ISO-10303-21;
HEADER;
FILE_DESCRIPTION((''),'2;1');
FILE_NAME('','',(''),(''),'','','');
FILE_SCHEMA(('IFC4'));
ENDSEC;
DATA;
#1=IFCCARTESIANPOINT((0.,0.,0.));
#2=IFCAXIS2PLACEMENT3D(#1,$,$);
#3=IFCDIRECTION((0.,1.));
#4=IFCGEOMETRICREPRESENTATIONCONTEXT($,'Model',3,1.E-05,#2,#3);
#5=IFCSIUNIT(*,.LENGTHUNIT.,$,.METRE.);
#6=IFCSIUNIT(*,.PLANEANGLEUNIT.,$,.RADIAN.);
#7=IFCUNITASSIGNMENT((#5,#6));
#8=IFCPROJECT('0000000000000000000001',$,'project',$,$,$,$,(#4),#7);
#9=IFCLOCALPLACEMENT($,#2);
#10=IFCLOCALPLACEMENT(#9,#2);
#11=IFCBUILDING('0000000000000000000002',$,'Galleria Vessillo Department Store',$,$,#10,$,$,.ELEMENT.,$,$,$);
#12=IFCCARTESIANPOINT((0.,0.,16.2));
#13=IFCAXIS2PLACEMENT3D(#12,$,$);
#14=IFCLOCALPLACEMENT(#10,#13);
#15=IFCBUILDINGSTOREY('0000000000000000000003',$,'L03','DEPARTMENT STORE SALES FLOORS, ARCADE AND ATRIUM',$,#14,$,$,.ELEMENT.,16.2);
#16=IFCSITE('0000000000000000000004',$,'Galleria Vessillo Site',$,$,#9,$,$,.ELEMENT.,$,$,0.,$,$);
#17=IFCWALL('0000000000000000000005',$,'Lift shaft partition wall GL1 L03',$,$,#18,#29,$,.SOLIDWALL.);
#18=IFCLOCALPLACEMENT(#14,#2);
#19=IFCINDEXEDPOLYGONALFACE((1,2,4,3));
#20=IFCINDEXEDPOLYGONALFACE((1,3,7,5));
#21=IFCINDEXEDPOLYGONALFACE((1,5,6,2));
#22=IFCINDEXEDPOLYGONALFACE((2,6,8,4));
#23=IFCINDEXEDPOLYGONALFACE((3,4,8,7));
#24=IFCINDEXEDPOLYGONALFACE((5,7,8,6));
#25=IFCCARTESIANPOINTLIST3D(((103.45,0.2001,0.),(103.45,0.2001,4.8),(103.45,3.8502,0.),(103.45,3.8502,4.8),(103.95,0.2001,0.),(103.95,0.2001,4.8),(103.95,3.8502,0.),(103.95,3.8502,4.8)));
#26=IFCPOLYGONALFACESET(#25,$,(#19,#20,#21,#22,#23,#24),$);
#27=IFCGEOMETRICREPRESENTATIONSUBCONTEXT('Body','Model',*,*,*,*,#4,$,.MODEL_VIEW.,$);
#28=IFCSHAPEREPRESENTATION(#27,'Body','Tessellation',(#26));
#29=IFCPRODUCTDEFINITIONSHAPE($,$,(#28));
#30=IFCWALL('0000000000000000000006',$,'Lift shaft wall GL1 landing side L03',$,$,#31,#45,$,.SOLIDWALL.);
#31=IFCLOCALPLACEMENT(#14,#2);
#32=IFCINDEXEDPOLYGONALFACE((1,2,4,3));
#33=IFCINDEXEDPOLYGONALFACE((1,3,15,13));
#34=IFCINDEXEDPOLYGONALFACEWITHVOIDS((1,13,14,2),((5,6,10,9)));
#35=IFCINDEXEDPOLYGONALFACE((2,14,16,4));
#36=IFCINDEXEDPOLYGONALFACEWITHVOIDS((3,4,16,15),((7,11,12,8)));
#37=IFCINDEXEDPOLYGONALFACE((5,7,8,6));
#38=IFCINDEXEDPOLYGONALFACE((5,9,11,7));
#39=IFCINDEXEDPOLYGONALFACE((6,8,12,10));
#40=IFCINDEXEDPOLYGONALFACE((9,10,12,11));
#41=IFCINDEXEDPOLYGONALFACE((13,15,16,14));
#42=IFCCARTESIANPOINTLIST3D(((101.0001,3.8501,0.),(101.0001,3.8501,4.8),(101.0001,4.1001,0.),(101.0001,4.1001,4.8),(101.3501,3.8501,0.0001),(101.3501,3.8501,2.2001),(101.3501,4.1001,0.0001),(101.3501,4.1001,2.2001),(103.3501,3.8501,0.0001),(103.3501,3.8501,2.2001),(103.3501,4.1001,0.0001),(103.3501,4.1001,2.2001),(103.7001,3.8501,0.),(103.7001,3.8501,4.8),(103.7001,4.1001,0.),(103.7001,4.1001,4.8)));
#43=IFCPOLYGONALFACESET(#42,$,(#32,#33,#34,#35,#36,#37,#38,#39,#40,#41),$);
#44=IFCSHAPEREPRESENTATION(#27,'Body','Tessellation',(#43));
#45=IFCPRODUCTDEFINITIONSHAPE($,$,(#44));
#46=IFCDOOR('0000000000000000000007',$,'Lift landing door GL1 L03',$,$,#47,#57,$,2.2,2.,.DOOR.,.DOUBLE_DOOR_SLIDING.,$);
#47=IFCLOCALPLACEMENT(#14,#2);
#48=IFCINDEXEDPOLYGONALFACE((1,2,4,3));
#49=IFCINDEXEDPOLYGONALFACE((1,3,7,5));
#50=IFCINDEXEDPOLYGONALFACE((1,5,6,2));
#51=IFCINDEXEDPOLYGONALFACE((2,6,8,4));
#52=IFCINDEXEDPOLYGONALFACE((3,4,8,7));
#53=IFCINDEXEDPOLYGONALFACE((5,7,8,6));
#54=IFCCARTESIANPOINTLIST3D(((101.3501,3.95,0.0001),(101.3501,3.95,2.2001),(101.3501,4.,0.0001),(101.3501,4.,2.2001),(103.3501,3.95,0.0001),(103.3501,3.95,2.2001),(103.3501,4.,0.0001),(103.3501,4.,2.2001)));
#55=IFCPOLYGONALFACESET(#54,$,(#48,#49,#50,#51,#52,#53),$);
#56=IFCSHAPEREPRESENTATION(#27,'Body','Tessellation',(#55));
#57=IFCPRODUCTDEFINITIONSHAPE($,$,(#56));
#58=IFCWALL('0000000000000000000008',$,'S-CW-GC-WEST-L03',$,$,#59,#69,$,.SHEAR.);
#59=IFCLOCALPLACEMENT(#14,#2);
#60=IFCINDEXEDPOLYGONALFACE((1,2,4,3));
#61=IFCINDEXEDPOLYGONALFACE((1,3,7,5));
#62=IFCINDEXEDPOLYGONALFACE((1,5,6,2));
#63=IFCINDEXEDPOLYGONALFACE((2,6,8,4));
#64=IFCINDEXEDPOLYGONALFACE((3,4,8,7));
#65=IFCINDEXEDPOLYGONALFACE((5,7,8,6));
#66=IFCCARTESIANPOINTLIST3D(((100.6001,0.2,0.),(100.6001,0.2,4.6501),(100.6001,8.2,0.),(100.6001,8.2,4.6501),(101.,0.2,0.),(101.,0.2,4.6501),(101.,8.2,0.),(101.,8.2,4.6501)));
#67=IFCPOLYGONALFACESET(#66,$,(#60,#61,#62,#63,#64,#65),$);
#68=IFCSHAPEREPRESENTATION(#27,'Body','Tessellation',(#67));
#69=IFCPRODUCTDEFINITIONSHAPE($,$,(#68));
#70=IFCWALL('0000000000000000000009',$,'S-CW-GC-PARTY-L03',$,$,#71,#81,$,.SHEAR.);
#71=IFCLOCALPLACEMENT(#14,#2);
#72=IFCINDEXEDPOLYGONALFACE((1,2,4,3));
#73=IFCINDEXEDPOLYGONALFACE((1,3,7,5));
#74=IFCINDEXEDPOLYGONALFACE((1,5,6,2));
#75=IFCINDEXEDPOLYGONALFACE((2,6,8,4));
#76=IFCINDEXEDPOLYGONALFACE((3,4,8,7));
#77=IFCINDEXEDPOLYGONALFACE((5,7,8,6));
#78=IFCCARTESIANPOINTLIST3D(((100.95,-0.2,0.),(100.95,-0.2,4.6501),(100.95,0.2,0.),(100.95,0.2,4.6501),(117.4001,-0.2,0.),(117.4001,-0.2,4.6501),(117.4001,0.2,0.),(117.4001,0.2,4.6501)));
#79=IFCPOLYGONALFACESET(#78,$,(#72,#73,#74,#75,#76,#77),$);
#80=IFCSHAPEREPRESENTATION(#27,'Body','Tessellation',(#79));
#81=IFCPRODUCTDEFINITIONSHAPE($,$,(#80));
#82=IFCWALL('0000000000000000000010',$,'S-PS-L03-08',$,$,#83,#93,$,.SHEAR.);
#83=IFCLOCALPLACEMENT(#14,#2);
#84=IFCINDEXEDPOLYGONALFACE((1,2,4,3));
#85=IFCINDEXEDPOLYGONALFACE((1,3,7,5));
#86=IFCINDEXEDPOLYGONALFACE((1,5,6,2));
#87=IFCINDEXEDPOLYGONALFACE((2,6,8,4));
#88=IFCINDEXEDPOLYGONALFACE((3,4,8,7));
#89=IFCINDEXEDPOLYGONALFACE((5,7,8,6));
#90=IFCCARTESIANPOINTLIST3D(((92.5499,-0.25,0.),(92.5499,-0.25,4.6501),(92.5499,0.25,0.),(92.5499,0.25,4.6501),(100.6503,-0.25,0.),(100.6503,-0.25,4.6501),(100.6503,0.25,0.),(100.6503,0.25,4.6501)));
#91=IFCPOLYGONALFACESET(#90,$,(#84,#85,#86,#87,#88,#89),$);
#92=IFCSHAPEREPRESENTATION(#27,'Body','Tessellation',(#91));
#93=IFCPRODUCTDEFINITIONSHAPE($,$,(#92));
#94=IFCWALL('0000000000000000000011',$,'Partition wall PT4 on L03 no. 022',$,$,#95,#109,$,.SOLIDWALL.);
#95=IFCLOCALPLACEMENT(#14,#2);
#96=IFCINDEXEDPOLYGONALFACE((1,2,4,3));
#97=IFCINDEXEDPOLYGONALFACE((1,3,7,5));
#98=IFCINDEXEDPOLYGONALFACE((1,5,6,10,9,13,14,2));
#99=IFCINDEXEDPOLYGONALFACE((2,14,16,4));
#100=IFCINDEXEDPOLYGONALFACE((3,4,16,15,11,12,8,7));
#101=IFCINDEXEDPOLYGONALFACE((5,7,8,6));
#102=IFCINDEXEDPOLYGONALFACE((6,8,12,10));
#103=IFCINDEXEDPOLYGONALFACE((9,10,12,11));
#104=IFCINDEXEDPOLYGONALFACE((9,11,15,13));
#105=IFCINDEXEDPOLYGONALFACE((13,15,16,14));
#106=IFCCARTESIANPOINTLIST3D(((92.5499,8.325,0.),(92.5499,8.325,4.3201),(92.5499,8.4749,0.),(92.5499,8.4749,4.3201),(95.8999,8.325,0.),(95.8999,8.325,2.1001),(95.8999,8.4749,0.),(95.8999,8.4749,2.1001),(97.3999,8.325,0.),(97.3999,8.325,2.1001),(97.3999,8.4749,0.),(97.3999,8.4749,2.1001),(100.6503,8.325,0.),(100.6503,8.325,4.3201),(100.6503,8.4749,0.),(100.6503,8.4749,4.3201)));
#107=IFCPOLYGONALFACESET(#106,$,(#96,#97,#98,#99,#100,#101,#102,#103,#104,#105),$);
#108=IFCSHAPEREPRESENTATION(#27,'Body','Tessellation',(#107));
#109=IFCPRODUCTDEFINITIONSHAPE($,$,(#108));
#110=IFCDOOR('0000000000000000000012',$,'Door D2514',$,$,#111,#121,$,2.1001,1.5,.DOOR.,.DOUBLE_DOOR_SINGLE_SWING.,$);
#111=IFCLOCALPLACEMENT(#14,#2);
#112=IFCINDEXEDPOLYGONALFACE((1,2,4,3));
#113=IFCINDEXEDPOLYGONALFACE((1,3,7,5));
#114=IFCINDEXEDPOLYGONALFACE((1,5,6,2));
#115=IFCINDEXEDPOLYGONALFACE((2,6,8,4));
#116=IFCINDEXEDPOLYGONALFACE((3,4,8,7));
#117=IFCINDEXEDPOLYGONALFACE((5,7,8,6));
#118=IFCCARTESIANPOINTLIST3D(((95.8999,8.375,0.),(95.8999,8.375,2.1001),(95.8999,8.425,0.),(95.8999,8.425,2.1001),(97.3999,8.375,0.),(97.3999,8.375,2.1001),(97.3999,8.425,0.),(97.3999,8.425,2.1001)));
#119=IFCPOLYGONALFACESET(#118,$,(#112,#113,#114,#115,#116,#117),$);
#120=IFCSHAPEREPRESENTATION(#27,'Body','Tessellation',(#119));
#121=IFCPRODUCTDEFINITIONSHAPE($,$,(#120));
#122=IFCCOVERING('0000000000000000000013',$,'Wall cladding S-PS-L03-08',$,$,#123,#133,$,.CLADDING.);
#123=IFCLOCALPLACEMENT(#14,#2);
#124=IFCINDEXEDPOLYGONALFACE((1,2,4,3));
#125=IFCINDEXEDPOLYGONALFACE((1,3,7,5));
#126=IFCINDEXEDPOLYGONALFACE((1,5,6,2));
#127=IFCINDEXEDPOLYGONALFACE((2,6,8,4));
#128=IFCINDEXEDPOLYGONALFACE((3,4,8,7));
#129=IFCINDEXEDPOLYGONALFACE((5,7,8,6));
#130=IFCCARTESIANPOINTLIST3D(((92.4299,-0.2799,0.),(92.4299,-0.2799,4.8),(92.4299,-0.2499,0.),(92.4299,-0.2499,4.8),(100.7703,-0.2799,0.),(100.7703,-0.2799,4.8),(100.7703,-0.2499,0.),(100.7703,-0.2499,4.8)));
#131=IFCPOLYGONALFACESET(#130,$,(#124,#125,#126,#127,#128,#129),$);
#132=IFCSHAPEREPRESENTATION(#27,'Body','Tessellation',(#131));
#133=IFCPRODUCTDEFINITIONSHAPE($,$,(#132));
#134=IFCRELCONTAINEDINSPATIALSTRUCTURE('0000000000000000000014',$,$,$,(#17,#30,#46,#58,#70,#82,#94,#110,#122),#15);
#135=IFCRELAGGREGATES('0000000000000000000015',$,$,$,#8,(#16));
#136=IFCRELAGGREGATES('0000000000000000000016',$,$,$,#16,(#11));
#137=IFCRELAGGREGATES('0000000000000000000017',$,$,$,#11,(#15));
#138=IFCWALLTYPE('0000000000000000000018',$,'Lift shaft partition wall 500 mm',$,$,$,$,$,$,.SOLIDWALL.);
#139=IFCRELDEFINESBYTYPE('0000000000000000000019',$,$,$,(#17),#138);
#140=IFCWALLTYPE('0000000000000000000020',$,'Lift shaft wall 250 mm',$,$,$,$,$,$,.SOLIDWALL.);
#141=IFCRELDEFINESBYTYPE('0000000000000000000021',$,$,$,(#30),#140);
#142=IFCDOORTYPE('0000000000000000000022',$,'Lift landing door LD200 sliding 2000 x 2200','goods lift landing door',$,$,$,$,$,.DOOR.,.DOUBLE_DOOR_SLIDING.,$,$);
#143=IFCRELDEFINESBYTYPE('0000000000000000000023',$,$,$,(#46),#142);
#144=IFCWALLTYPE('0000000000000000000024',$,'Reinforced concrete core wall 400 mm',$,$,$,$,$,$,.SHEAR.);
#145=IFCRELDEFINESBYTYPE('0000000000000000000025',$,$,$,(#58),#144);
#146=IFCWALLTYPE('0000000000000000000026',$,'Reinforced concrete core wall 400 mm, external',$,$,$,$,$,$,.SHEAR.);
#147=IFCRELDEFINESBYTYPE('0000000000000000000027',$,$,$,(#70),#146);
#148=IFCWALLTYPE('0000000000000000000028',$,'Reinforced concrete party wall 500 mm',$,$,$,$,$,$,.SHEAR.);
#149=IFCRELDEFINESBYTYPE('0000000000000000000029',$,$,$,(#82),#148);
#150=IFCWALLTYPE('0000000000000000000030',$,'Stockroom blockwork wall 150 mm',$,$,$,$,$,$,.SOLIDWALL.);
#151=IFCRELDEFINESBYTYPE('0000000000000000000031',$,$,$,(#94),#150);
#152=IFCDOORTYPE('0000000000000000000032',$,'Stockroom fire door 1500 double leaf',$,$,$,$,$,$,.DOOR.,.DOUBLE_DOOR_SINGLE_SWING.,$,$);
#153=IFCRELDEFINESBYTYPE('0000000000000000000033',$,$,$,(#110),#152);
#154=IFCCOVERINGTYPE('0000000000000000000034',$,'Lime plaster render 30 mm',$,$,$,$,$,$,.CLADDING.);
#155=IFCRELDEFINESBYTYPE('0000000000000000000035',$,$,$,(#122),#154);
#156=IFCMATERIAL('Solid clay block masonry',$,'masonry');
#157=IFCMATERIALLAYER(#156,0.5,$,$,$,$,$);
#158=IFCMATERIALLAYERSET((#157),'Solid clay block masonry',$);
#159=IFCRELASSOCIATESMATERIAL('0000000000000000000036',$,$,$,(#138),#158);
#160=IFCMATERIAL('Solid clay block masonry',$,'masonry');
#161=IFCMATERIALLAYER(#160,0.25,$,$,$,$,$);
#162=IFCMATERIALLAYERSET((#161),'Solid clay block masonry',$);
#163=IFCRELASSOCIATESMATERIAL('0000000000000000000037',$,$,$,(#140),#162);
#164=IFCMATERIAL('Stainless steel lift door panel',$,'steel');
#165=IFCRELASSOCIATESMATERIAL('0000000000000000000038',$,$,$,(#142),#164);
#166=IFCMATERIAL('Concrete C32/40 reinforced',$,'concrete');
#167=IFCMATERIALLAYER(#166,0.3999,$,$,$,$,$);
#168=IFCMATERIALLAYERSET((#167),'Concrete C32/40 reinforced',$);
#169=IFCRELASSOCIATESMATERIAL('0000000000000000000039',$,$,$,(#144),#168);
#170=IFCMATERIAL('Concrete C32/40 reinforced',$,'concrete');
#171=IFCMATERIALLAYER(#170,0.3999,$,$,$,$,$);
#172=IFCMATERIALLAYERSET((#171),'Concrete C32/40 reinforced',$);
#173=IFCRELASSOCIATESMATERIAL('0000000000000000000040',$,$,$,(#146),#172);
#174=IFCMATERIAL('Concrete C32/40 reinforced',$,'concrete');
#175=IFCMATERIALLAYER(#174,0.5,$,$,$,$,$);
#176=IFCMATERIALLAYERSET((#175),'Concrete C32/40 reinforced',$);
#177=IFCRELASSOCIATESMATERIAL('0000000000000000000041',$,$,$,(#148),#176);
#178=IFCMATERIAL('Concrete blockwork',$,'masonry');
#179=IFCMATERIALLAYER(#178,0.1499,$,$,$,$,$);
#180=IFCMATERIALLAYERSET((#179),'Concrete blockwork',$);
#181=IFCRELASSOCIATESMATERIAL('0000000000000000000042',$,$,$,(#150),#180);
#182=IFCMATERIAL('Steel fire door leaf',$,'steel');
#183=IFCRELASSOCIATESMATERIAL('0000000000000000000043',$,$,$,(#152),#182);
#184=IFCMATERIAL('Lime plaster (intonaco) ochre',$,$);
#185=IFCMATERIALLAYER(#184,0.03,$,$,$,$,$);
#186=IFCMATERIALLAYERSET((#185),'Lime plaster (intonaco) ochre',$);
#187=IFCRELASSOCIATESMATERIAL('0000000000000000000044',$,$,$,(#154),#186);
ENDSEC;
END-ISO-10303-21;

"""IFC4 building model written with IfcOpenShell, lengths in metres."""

from ifc_helpers import new_model, si_unit, direction, frame, frame_2d, origin, origin_2d, place, context, subcontext, project, spatial, rectangle, extrude, material, layer, layer_set, type_object, element, fill, save


model = new_model("IFC4")

# Units and contexts
model_context = context("Model", 3, precision=1e-05, world=origin(), true_north=direction((0.0, 1.0)))
body_context = subcontext(model_context, "Body", "Model", "MODEL_VIEW")
ifc_project = project(units=[si_unit("LENGTHUNIT", "METRE"), si_unit("PLANEANGLEUNIT", "RADIAN")], contexts=[model_context])

# Site, building, storey
site_placement = place(None, origin())
site = spatial("IfcSite", under=ifc_project, at=site_placement, Name="Galleria Vessillo Site", CompositionType="ELEMENT", RefElevation=0.0)
building_placement = place(site_placement, origin())
building = spatial("IfcBuilding", under=site, at=building_placement, Name="Galleria Vessillo Department Store", CompositionType="ELEMENT")
storey_placement = place(building_placement, frame((0.0, 0.0, 16.2)))
storey = spatial("IfcBuildingStorey", under=building, at=storey_placement, Name="L03", Description="DEPARTMENT STORE SALES FLOORS, ARCADE AND ATRIUM", CompositionType="ELEMENT", Elevation=16.2)

# Wall
ifc_material_1 = material(Name="Solid clay block masonry", Category="masonry")
ifc_layer_1 = layer(ifc_material_1, 0.5)
ifc_layer_set_1 = layer_set([ifc_layer_1], Name="Solid clay block masonry")
wall_type_1 = type_object("IfcWallType", Name="Lift shaft partition wall 500 mm", PredefinedType="SOLIDWALL", material=ifc_layer_set_1)
wall_1_placement = place(storey_placement, frame((103.7, 0.2, 0.0), z_axis=(0.0, 0.0, 1.0), x_axis=(0.0, 1.0, 0.0)))
element("IfcWall", 1, at=wall_1_placement, inside=storey, type_object=wall_type_1, Name="Lift shaft partition wall GL1 L03", PredefinedType="SOLIDWALL", context=body_context, shape_type="SweptSolid", body=[
    extrude(rectangle(XDim=3.6501, YDim=0.5, at=frame_2d((1.8252, 0.0))), origin(), (0.0, 0.0, 1.0), 4.8),
])

# Wall, opening, door
ifc_material_2 = material(Name="Solid clay block masonry", Category="masonry")
ifc_layer_2 = layer(ifc_material_2, 0.25)
ifc_layer_set_2 = layer_set([ifc_layer_2], Name="Solid clay block masonry")
wall_type_2 = type_object("IfcWallType", Name="Lift shaft wall 250 mm", PredefinedType="SOLIDWALL", material=ifc_layer_set_2)
wall_2_placement = place(storey_placement, frame((101.0, 3.9751, 0.0), z_axis=(0.0, 0.0, 1.0), x_axis=(1.0, 0.0, 0.0)))
wall_2 = element("IfcWall", 2, at=wall_2_placement, inside=storey, type_object=wall_type_2, Name="Lift shaft wall GL1 landing side L03", PredefinedType="SOLIDWALL", context=body_context, shape_type="SweptSolid", body=[
    extrude(rectangle(XDim=2.7, YDim=0.25, at=frame_2d((1.3501, 0.0))), origin(), (0.0, 0.0, 1.0), 4.8),
])
opening_1_placement = place(wall_2_placement, frame((0.3501, 0.0, 0.0)))
opening_1 = element("IfcOpeningElement", 3, at=opening_1_placement, cuts=wall_2, PredefinedType="OPENING", context=body_context, shape_type="SweptSolid", body=[
    extrude(rectangle(XDim=2.0, YDim=2.2, at=frame_2d((1.0, 1.1001))), frame((0.0, 0.135, 0.0), z_axis=(0.0, -1.0, 0.0), x_axis=(1.0, 0.0, 0.0)), (0.0, 0.0, 1.0), 0.27),
])
ifc_material_3 = material(Name="Stainless steel lift door panel", Category="steel")
door_type_1 = type_object("IfcDoorType", Name="Lift landing door LD200 sliding 2000 x 2200", Description="goods lift landing door", OperationType="DOUBLE_DOOR_SLIDING", PredefinedType="DOOR", material=ifc_material_3)
door_1_placement = place(opening_1_placement, origin())
door_1 = element("IfcDoor", 4, at=door_1_placement, inside=storey, type_object=door_type_1, Name="Lift landing door GL1 L03", OperationType="DOUBLE_DOOR_SLIDING", OverallHeight=2.2, OverallWidth=2.0, PredefinedType="DOOR", context=body_context, shape_type="SweptSolid", body=[
    extrude(rectangle(XDim=2.0, YDim=2.2, at=frame_2d((1.0, 1.1001))), frame((0.0, 0.0249, 0.0), z_axis=(0.0, -1.0, 0.0), x_axis=(1.0, 0.0, 0.0)), (0.0, 0.0, 1.0), 0.05),
])
fill(opening_1, door_1)

# Shared definitions
ifc_material_4 = material(Name="Concrete C32/40 reinforced", Category="concrete")
ifc_layer_3 = layer(ifc_material_4, 0.3999)
ifc_layer_set_3 = layer_set([ifc_layer_3], Name="Concrete C32/40 reinforced")
wall_type_3 = type_object("IfcWallType", Name="Reinforced concrete core wall 400 mm", PredefinedType="SHEAR", material=ifc_layer_set_3)

# Walls
wall_3_placement = place(storey_placement, frame((100.8, 0.2, 0.0), z_axis=(0.0, 0.0, 1.0), x_axis=(0.0, 1.0, 0.0)))
element("IfcWall", 5, at=wall_3_placement, inside=storey, type_object=wall_type_3, Name="S-CW-GC-WEST-L03", PredefinedType="SHEAR", context=body_context, shape_type="SweptSolid", body=[
    extrude(rectangle(XDim=8.0, YDim=0.3999, at=frame_2d((4.0, 0.0))), origin(), (0.0, 0.0, 1.0), 4.6501),
])
ifc_material_5 = material(Name="Concrete C32/40 reinforced", Category="concrete")
ifc_layer_4 = layer(ifc_material_5, 0.3999)
ifc_layer_set_4 = layer_set([ifc_layer_4], Name="Concrete C32/40 reinforced")
wall_type_4 = type_object("IfcWallType", Name="Reinforced concrete core wall 400 mm, external", PredefinedType="SHEAR", material=ifc_layer_set_4)
wall_4_placement = place(storey_placement, frame((100.95, 0.0, 0.0), z_axis=(0.0, 0.0, 1.0), x_axis=(1.0, 0.0, 0.0)))
element("IfcWall", 6, at=wall_4_placement, inside=storey, type_object=wall_type_4, Name="S-CW-GC-PARTY-L03", PredefinedType="SHEAR", context=body_context, shape_type="SweptSolid", body=[
    extrude(rectangle(XDim=16.4502, YDim=0.3999, at=frame_2d((8.2251, 0.0))), origin(), (0.0, 0.0, 1.0), 4.6501),
])
ifc_material_6 = material(Name="Concrete C32/40 reinforced", Category="concrete")
ifc_layer_5 = layer(ifc_material_6, 0.5)
ifc_layer_set_5 = layer_set([ifc_layer_5], Name="Concrete C32/40 reinforced")
wall_type_5 = type_object("IfcWallType", Name="Reinforced concrete party wall 500 mm", PredefinedType="SHEAR", material=ifc_layer_set_5)
wall_5_placement = place(storey_placement, frame((92.5498, 0.0, 0.0), z_axis=(0.0, 0.0, 1.0), x_axis=(1.0, 0.0, 0.0)))
element("IfcWall", 7, at=wall_5_placement, inside=storey, type_object=wall_type_5, Name="S-PS-L03-08", PredefinedType="SHEAR", context=body_context, shape_type="SweptSolid", body=[
    extrude(rectangle(XDim=8.1003, YDim=0.5, at=frame_2d((4.0503, 0.0))), origin(), (0.0, 0.0, 1.0), 4.6501),
])

# Wall, opening, door
ifc_material_7 = material(Name="Concrete blockwork", Category="masonry")
ifc_layer_6 = layer(ifc_material_7, 0.1499)
ifc_layer_set_6 = layer_set([ifc_layer_6], Name="Concrete blockwork")
wall_type_6 = type_object("IfcWallType", Name="Stockroom blockwork wall 150 mm", PredefinedType="SOLIDWALL", material=ifc_layer_set_6)
wall_6_placement = place(storey_placement, frame((92.5498, 8.3999, 0.0), z_axis=(0.0, 0.0, 1.0), x_axis=(1.0, 0.0, 0.0)))
wall_6 = element("IfcWall", 8, at=wall_6_placement, inside=storey, type_object=wall_type_6, Name="Partition wall PT4 on L03 no. 022", PredefinedType="SOLIDWALL", context=body_context, shape_type="SweptSolid", body=[
    extrude(rectangle(XDim=8.1003, YDim=0.1499, at=frame_2d((4.0503, 0.0))), origin(), (0.0, 0.0, 1.0), 4.3201),
])
opening_2_placement = place(wall_6_placement, frame((3.3501, 0.0, 0.0)))
opening_2 = element("IfcOpeningElement", 9, at=opening_2_placement, cuts=wall_6, PredefinedType="OPENING", context=body_context, shape_type="SweptSolid", body=[
    extrude(rectangle(XDim=1.5, YDim=2.1001, at=frame_2d((0.75, 1.05))), frame((0.0, 0.085, 0.0), z_axis=(0.0, -1.0, 0.0), x_axis=(1.0, 0.0, 0.0)), (0.0, 0.0, 1.0), 0.1699),
])
ifc_material_8 = material(Name="Steel fire door leaf", Category="steel")
door_type_2 = type_object("IfcDoorType", Name="Stockroom fire door 1500 double leaf", OperationType="DOUBLE_DOOR_SINGLE_SWING", PredefinedType="DOOR", material=ifc_material_8)
door_2_placement = place(opening_2_placement, frame((1.5, 0.0, 0.0), z_axis=(0.0, 0.0, 1.0), x_axis=(-1.0, 0.0, 0.0)))
door_2 = element("IfcDoor", 10, at=door_2_placement, inside=storey, type_object=door_type_2, Name="Door D2514", OperationType="DOUBLE_DOOR_SINGLE_SWING", OverallHeight=2.1001, OverallWidth=1.5, PredefinedType="DOOR", context=body_context, shape_type="SweptSolid", body=[
    extrude(rectangle(XDim=1.5, YDim=2.1001, at=frame_2d((0.75, 1.05))), frame((0.0, 0.0249, 0.0), z_axis=(0.0, -1.0, 0.0), x_axis=(1.0, 0.0, 0.0)), (0.0, 0.0, 1.0), 0.05),
])
fill(opening_2, door_2)

# Covering
ifc_material_9 = material(Name="Lime plaster (intonaco) ochre")
ifc_layer_7 = layer(ifc_material_9, 0.03)
ifc_layer_set_7 = layer_set([ifc_layer_7], Name="Lime plaster (intonaco) ochre")
covering_type = type_object("IfcCoveringType", Name="Lime plaster render 30 mm", PredefinedType="CLADDING", material=ifc_layer_set_7)
covering_placement = place(storey_placement, frame((96.6001, -0.2649, 0.0), z_axis=(0.0, 0.0, 1.0), x_axis=(1.0, 0.0, 0.0)))
element("IfcCovering", 11, at=covering_placement, inside=storey, type_object=covering_type, Name="Wall cladding S-PS-L03-08", PredefinedType="CLADDING", context=body_context, shape_type="SweptSolid", body=[
    extrude(rectangle(XDim=8.3403, YDim=0.03, at=origin_2d()), origin(), (0.0, 0.0, 1.0), 4.8),
])

save(model, "model.ifc")
